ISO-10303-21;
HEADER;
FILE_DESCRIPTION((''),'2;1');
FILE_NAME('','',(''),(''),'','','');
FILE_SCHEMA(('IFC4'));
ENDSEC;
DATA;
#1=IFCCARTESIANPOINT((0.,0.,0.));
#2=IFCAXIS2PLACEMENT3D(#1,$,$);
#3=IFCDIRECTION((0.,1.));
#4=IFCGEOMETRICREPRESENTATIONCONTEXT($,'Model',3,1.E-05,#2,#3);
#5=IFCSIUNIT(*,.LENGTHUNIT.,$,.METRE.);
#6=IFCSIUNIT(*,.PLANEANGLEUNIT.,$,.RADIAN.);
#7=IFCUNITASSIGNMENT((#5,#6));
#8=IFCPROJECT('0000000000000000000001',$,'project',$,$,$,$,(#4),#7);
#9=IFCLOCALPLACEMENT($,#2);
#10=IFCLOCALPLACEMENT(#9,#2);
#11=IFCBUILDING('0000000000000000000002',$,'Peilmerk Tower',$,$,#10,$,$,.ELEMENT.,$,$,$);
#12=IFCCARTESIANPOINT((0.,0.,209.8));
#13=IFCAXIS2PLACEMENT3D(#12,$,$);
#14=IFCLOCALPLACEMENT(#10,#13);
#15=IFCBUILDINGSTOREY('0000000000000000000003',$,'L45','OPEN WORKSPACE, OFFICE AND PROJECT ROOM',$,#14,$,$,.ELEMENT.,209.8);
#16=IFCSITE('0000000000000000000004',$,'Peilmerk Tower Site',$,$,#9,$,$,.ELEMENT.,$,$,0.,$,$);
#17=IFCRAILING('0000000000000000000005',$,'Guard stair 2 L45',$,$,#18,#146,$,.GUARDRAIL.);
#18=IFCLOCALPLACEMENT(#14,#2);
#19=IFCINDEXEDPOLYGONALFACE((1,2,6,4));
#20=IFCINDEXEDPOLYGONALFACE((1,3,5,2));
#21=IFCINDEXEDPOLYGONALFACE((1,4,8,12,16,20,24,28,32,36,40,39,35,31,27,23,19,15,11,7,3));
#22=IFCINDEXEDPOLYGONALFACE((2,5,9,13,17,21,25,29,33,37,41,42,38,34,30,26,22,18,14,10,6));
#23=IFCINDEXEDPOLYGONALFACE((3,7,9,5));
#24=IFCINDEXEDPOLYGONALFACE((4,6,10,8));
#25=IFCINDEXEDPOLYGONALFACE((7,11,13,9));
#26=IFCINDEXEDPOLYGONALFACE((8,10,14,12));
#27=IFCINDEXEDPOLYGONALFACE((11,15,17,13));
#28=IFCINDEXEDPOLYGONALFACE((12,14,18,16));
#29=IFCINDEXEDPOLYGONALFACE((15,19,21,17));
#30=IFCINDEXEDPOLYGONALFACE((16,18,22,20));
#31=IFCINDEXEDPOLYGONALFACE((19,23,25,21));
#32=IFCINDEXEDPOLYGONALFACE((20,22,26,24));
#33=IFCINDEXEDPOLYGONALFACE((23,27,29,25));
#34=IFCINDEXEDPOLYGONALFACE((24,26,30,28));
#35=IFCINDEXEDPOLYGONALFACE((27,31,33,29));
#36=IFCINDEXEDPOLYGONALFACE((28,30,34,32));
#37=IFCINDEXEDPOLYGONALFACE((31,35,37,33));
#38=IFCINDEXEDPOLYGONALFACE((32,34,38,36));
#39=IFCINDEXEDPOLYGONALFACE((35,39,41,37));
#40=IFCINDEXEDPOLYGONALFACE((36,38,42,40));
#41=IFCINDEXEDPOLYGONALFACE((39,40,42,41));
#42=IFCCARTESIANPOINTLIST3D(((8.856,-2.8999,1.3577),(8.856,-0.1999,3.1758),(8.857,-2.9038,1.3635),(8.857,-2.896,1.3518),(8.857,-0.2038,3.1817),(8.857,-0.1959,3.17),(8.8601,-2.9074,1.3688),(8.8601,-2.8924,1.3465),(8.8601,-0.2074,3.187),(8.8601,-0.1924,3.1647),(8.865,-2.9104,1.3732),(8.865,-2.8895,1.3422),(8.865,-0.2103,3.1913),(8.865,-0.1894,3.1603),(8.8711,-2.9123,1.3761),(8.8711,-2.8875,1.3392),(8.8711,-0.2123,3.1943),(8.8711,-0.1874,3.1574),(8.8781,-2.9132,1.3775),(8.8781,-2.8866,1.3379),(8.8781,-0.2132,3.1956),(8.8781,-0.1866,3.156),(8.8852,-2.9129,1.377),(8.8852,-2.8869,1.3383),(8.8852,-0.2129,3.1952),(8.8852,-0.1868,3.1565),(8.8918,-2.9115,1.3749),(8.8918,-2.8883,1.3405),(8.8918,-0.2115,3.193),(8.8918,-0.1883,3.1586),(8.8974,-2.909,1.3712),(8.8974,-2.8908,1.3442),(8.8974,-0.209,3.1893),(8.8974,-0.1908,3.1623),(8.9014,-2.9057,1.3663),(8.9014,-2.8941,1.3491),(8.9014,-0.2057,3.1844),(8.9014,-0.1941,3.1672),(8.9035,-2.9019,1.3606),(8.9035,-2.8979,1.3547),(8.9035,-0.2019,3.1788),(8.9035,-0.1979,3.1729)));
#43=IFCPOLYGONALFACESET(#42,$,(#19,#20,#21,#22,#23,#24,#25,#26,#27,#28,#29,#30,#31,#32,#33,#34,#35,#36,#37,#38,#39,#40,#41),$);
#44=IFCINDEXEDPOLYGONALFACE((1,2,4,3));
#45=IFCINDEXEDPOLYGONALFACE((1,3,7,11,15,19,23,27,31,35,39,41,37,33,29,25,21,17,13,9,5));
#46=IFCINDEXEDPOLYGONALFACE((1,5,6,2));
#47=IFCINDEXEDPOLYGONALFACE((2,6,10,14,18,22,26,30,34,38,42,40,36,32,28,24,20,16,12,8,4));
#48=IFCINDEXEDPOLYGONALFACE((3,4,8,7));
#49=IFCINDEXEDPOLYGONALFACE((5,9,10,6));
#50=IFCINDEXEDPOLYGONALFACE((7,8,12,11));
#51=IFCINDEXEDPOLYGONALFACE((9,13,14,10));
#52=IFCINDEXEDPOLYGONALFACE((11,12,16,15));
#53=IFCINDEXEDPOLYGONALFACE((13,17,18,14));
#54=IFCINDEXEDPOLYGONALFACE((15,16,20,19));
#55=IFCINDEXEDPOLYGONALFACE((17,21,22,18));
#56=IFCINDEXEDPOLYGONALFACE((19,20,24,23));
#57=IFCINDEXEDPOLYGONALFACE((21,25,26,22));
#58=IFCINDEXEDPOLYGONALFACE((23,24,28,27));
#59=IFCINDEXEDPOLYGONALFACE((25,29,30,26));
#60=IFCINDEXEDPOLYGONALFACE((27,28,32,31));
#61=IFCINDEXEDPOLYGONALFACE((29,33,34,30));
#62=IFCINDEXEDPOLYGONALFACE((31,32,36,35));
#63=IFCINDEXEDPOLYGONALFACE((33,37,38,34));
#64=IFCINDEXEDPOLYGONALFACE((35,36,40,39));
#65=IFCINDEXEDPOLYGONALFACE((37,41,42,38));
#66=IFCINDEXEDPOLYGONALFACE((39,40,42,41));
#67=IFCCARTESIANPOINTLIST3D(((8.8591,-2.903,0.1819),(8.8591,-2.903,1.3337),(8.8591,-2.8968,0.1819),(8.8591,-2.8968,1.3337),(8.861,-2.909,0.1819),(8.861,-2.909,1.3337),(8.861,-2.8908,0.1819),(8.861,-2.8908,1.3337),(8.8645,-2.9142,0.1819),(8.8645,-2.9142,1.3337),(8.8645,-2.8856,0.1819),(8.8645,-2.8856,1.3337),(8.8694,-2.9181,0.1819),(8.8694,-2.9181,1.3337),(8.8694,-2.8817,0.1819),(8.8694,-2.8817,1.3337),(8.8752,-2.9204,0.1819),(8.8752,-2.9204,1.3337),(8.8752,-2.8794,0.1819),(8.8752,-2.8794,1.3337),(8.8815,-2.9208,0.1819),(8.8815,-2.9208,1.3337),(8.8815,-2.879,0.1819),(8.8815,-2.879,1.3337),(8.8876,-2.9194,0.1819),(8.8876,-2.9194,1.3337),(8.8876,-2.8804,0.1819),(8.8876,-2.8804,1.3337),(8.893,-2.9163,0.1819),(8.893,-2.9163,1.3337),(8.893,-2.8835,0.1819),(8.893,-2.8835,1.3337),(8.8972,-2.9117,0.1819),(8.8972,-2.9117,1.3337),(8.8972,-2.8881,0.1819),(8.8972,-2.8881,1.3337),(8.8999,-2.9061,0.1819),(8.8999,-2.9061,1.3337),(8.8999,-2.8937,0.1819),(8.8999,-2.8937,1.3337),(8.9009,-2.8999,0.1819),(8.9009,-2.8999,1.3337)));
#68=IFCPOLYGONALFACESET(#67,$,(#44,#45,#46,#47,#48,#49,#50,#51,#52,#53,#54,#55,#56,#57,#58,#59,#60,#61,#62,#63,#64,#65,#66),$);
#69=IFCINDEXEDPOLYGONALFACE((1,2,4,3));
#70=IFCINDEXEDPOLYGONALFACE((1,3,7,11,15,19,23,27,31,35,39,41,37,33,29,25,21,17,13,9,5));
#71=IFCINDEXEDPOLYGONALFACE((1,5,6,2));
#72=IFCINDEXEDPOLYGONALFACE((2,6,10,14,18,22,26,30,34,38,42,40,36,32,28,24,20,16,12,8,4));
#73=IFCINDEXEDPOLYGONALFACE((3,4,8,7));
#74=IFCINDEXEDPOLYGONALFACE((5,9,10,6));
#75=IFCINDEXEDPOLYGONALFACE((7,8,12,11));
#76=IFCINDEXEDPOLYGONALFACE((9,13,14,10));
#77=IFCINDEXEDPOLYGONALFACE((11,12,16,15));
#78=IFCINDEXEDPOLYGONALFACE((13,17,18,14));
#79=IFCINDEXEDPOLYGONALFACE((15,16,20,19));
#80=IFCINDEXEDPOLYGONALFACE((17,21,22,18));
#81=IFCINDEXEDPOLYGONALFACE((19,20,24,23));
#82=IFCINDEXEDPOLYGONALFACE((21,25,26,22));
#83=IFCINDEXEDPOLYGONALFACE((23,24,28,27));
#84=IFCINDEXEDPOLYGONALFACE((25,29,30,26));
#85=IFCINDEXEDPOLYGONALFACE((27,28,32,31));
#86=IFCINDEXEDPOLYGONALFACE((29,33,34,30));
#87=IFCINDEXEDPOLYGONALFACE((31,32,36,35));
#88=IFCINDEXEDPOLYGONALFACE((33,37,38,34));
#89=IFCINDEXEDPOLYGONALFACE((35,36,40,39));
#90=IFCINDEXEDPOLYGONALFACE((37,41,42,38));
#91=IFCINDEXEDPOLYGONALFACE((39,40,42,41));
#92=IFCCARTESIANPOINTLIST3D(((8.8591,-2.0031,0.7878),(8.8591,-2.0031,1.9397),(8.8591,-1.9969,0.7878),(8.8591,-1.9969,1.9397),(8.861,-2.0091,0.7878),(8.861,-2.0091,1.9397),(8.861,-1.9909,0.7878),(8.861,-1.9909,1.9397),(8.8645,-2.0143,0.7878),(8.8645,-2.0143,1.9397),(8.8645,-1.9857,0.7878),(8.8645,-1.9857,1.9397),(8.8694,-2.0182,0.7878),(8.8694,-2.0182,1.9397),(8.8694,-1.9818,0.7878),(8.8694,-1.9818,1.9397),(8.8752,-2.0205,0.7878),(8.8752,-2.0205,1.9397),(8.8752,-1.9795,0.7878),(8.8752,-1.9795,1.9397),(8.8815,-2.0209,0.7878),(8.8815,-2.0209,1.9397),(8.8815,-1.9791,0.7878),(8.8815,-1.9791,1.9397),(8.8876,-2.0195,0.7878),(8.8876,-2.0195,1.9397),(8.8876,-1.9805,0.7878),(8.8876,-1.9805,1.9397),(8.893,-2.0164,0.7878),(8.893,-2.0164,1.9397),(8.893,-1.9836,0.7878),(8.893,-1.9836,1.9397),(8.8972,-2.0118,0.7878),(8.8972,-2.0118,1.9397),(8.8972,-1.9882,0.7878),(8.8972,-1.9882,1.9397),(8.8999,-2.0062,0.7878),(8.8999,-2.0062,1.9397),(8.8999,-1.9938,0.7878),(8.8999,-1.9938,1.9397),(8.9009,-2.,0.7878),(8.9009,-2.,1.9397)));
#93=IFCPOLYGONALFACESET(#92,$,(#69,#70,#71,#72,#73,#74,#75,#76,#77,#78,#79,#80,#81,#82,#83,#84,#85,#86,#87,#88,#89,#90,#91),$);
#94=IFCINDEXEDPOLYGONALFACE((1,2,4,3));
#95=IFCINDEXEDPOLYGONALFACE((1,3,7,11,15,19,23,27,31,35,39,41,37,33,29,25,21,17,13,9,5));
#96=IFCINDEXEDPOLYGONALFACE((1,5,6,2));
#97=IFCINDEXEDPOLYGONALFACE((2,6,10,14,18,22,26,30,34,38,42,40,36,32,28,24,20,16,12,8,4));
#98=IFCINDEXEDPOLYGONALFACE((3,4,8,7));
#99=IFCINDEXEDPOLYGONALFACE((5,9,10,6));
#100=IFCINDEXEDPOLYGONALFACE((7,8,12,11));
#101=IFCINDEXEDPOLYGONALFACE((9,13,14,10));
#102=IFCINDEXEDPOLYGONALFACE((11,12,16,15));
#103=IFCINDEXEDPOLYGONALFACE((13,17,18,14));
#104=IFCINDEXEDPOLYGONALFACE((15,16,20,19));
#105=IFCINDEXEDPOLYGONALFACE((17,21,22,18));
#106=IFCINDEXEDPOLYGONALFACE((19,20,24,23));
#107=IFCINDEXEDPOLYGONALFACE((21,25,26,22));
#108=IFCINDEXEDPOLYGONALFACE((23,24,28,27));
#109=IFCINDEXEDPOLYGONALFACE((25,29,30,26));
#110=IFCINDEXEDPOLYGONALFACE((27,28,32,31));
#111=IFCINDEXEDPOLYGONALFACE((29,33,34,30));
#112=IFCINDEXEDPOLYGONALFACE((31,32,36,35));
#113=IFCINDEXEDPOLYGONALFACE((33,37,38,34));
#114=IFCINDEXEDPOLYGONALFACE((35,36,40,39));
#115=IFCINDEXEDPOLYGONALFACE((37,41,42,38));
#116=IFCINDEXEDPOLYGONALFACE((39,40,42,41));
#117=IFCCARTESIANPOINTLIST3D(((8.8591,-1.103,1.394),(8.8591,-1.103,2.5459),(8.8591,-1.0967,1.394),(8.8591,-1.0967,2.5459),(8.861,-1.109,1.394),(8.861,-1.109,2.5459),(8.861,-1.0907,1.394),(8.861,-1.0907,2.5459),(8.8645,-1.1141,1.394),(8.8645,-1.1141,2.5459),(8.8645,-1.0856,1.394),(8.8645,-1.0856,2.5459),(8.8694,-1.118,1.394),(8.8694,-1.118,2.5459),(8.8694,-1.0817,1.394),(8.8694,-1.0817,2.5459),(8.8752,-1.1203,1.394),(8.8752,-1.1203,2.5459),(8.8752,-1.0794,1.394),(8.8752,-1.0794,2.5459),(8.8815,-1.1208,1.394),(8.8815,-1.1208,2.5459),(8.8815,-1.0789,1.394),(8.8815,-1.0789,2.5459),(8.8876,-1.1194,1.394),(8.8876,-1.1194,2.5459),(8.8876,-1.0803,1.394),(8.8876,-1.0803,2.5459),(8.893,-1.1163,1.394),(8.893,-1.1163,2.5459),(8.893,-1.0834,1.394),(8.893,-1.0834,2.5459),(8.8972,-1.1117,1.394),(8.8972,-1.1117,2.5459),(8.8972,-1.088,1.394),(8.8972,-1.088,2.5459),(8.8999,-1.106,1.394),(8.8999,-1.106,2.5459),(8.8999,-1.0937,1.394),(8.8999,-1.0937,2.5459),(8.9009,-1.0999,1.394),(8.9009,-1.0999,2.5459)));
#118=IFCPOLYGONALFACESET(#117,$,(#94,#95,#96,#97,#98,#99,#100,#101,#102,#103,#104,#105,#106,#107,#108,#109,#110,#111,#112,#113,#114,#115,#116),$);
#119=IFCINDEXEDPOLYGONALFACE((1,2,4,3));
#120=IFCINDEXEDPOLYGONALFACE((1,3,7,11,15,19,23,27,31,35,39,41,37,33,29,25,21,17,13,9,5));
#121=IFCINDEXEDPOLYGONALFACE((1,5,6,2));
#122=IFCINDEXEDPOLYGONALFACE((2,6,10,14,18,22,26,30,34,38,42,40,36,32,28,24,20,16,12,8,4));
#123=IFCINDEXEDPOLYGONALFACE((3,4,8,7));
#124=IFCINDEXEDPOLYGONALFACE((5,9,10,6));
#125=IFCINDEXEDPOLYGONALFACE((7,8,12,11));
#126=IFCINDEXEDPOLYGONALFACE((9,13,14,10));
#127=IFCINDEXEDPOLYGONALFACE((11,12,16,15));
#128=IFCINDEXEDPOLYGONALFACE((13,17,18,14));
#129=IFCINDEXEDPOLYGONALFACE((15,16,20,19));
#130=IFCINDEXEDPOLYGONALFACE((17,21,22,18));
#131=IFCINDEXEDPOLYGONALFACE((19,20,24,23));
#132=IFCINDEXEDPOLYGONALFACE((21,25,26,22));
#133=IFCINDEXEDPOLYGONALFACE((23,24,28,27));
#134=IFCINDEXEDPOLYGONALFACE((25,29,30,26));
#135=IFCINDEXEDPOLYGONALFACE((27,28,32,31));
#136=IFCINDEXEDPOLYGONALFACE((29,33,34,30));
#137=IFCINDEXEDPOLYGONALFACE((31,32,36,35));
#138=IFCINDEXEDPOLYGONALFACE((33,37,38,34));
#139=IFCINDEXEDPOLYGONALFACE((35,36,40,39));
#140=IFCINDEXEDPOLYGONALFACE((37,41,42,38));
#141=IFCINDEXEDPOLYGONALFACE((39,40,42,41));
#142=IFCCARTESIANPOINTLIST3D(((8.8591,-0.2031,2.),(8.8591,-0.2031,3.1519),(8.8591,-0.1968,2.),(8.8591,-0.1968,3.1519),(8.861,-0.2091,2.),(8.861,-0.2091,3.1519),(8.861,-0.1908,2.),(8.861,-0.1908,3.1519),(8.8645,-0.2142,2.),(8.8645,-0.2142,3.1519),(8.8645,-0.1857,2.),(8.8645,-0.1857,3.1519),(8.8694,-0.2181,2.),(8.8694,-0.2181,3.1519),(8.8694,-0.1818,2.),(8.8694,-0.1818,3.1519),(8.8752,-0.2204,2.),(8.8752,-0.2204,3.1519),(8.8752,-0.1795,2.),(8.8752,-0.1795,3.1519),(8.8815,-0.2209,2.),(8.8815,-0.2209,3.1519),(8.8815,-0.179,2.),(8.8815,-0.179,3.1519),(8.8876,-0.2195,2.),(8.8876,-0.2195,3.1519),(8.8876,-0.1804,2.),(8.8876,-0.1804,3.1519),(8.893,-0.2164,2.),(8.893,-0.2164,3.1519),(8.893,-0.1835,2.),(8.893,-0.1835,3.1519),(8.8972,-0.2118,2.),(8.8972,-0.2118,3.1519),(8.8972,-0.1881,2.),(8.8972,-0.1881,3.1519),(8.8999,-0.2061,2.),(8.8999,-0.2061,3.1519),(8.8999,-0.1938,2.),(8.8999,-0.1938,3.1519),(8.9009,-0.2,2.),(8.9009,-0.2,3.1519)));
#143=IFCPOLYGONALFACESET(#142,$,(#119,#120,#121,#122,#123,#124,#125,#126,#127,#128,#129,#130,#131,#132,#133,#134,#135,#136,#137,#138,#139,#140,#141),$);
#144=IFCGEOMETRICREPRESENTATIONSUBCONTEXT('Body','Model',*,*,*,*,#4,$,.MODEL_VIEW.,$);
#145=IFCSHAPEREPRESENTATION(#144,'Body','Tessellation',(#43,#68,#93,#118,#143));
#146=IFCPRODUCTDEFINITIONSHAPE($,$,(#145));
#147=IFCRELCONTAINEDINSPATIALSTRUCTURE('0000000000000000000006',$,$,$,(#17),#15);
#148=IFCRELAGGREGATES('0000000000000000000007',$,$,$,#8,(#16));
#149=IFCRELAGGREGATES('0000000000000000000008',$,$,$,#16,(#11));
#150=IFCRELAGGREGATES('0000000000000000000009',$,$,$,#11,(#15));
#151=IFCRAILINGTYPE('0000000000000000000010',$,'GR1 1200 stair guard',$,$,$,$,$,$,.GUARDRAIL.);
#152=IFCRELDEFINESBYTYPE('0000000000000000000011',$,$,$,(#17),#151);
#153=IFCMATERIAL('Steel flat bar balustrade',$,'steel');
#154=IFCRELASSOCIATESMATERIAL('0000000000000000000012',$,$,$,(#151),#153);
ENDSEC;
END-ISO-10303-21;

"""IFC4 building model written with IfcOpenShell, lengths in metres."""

from ifc_helpers import new_model, si_unit, direction, frame, origin, origin_2d, place, context, subcontext, project, spatial, circle, extrude, material, type_object, element, save


model = new_model("IFC4")

# Units and contexts
model_context = context("Model", 3, precision=1e-05, world=origin(), true_north=direction((0.0, 1.0)))
body_context = subcontext(model_context, "Body", "Model", "MODEL_VIEW")
ifc_project = project(units=[si_unit("LENGTHUNIT", "METRE"), si_unit("PLANEANGLEUNIT", "RADIAN")], contexts=[model_context])

# Site, building, storey
site_placement = place(None, origin())
site = spatial("IfcSite", under=ifc_project, at=site_placement, Name="Peilmerk Tower Site", CompositionType="ELEMENT", RefElevation=0.0)
building_placement = place(site_placement, origin())
building = spatial("IfcBuilding", under=site, at=building_placement, Name="Peilmerk Tower", CompositionType="ELEMENT")
storey_placement = place(building_placement, frame((0.0, 0.0, 209.8)))
storey = spatial("IfcBuildingStorey", under=building, at=storey_placement, Name="L45", Description="OPEN WORKSPACE, OFFICE AND PROJECT ROOM", CompositionType="ELEMENT", Elevation=209.8)

# Railing
ifc_material_1 = material(Name="Steel flat bar balustrade", Category="steel")
railing_type_1 = type_object("IfcRailingType", Name="GR1 1200 stair guard", PredefinedType="GUARDRAIL", material=ifc_material_1)
railing_1_placement = place(storey_placement, frame((8.8799, -2.8999, 0.1819)))
element("IfcRailing", 1, at=railing_1_placement, inside=storey, type_object=railing_type_1, Name="Guard stair 2 L45", PredefinedType="GUARDRAIL", context=body_context, shape_type="SweptSolid", body=[
    extrude(circle(Radius=0.0239, at=origin_2d()), frame((0.0, 0.0, 1.1758), z_axis=(0.0, 0.829468, 0.558554), x_axis=(-1.0, 0.0, 0.0)), (0.0, 0.0, 1.0), 3.2551),
    extrude(circle(Radius=0.021, at=origin_2d()), origin(), (0.0, 0.0, 1.0), 1.1519),
    extrude(circle(Radius=0.021, at=origin_2d()), frame((0.0, 0.8999, 0.606)), (0.0, 0.0, 1.0), 1.1519),
    extrude(circle(Radius=0.021, at=origin_2d()), frame((0.0, 1.8, 1.2122)), (0.0, 0.0, 1.0), 1.1519),
    extrude(circle(Radius=0.021, at=origin_2d()), frame((0.0, 2.7, 1.8181)), (0.0, 0.0, 1.0), 1.1519),
])

save(model, "model.ifc")
